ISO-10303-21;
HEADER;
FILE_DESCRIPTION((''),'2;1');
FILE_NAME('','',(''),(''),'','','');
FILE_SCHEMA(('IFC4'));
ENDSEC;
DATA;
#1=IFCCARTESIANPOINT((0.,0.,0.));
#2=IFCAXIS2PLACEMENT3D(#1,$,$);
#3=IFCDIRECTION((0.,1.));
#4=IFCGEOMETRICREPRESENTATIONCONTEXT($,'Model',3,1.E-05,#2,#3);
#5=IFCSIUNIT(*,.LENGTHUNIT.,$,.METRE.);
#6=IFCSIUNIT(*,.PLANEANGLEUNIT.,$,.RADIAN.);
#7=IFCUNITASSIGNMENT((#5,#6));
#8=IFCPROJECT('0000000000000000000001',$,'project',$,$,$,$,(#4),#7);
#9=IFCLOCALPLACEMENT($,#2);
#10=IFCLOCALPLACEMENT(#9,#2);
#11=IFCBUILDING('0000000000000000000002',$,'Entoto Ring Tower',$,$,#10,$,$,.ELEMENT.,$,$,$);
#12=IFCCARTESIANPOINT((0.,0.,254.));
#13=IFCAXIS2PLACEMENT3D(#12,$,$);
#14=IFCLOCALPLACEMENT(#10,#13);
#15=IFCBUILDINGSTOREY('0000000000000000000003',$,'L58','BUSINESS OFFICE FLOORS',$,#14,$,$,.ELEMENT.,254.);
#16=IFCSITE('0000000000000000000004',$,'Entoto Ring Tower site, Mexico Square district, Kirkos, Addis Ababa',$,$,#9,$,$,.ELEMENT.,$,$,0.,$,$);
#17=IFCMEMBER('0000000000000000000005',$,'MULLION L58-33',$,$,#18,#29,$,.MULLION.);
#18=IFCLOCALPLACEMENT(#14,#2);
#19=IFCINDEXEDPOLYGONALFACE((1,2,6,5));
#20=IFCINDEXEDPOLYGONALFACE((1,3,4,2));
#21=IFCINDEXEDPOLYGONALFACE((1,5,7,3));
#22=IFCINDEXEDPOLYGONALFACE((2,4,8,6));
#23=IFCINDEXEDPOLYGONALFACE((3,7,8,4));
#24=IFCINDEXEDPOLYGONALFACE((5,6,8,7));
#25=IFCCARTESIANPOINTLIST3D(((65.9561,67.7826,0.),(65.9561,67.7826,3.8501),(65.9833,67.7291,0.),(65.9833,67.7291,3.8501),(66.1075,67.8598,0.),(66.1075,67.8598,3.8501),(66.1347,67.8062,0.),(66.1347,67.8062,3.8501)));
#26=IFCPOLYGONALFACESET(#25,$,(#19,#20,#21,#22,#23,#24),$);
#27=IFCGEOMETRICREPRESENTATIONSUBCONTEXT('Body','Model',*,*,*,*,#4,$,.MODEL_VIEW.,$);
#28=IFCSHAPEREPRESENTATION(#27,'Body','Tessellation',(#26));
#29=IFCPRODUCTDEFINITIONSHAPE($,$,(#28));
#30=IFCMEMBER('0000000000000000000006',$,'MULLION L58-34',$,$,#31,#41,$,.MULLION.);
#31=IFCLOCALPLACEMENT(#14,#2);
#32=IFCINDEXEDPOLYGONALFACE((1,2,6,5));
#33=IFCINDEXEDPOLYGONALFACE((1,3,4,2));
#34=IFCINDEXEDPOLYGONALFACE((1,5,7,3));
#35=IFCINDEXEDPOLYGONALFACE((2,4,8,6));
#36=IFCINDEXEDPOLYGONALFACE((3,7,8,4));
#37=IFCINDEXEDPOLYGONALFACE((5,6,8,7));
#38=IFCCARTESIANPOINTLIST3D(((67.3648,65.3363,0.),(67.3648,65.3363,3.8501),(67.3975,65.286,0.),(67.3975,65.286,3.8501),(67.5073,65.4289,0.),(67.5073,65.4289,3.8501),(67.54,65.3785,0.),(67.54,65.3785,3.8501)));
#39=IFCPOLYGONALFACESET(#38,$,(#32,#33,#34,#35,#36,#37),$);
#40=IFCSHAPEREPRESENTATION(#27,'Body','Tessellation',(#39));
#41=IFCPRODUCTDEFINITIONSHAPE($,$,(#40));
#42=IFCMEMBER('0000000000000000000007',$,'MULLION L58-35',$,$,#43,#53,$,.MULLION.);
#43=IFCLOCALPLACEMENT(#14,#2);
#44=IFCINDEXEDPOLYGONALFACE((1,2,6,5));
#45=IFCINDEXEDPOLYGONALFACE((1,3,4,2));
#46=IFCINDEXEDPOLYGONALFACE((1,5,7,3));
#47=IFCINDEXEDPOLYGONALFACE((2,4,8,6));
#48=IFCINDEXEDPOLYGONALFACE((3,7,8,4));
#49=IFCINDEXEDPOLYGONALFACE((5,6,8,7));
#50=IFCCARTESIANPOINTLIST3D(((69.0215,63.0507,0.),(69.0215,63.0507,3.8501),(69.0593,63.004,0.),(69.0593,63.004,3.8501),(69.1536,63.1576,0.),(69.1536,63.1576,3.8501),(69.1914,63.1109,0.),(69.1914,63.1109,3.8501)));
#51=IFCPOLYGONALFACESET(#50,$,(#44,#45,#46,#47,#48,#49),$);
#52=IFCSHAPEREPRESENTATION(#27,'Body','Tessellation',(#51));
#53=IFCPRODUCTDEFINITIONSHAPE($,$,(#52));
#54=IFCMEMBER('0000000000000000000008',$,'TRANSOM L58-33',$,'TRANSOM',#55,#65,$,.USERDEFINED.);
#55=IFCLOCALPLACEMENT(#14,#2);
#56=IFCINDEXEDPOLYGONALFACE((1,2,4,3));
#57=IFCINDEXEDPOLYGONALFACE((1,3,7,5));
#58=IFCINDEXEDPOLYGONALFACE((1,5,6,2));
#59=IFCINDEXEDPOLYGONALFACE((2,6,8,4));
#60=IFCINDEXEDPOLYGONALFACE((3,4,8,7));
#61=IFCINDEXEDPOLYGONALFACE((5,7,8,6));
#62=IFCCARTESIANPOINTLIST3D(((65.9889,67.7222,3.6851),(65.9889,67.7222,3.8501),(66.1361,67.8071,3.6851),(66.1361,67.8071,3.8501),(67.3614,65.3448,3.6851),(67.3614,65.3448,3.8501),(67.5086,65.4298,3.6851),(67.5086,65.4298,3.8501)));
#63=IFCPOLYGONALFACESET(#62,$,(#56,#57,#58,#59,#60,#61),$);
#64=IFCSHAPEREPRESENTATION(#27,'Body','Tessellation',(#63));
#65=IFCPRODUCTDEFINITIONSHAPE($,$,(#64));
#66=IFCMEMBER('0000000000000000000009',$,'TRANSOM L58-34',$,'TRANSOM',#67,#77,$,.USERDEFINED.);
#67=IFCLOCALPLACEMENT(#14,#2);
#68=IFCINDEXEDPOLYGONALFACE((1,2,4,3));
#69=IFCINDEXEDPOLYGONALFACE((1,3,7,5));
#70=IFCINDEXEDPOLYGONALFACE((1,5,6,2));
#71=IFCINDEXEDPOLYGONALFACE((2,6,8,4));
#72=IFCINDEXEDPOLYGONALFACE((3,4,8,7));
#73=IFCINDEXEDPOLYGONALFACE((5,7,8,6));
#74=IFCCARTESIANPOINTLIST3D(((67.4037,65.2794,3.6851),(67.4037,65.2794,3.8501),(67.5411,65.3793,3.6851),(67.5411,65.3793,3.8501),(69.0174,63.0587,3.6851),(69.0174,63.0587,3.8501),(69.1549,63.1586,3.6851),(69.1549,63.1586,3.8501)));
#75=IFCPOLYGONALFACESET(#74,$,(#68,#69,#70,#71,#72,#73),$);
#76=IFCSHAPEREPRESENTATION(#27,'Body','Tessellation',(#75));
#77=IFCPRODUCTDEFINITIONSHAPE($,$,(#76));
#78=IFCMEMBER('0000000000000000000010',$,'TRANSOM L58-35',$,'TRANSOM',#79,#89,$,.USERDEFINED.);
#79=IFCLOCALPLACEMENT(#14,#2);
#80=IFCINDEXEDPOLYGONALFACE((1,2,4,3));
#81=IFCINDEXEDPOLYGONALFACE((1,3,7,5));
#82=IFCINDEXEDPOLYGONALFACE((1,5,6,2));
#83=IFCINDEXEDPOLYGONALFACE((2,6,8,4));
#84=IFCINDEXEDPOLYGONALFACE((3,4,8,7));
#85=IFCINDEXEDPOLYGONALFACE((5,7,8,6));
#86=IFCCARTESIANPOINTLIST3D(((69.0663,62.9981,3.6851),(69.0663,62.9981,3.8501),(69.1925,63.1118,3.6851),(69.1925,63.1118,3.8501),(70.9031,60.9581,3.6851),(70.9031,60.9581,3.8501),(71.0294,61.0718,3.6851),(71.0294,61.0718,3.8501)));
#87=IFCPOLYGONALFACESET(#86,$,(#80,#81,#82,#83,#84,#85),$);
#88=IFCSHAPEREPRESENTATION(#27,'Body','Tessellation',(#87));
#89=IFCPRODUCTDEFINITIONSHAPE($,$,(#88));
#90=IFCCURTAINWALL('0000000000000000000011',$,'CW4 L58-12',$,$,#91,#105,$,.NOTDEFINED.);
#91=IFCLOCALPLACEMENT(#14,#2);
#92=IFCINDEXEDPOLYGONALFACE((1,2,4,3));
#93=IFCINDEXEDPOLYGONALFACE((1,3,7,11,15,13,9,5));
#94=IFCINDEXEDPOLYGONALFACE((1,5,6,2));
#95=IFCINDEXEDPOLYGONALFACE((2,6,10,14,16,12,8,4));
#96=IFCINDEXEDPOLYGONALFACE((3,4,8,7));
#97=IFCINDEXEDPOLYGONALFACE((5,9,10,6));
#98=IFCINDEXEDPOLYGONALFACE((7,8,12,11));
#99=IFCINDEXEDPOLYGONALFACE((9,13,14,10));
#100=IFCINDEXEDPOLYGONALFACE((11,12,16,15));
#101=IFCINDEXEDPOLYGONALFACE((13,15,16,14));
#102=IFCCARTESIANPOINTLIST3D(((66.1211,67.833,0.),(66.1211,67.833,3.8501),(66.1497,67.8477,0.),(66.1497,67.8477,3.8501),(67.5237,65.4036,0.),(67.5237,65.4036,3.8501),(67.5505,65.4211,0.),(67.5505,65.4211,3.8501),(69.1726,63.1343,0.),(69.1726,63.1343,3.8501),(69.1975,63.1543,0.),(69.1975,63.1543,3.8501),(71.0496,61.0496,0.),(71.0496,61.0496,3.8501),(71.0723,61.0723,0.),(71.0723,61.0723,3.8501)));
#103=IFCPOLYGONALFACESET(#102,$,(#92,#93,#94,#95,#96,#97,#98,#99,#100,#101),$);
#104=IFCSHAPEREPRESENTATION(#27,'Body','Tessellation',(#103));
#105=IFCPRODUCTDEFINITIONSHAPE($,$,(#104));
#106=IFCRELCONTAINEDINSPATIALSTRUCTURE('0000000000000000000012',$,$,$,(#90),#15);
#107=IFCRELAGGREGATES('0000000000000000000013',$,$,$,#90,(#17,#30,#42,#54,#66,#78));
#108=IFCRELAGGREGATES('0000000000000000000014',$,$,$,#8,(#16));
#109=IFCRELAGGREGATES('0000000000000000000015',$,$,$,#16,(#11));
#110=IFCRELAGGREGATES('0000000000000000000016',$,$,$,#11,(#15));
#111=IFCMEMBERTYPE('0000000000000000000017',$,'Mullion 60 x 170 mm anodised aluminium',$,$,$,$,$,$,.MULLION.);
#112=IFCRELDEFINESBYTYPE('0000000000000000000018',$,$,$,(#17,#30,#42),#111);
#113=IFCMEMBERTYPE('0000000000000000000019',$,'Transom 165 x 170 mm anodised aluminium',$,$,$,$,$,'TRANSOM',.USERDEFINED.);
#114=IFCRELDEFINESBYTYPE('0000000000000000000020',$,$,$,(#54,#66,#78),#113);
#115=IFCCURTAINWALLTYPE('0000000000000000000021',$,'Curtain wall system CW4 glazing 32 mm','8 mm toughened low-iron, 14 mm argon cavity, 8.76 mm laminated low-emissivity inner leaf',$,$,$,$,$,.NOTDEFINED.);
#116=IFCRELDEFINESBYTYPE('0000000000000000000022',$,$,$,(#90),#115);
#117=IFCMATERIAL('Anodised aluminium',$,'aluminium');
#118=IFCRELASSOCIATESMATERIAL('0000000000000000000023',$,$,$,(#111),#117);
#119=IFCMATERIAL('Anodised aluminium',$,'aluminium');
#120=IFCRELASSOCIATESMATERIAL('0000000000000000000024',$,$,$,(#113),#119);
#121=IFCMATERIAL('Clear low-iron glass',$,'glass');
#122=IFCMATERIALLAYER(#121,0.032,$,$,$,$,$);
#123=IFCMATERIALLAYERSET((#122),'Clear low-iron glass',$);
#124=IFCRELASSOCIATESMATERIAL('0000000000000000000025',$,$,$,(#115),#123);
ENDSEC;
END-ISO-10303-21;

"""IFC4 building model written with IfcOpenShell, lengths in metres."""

from ifc_helpers import new_model, si_unit, direction, frame, origin, origin_2d, place, context, subcontext, project, spatial, polyline, rectangle, outline, extrude, material, layer, layer_set, material_profile, profile_set, type_object, element, aggregate, save


model = new_model("IFC4")

# Units and contexts
model_context = context("Model", 3, precision=1e-05, world=origin(), true_north=direction((0.0, 1.0)))
body_context = subcontext(model_context, "Body", "Model", "MODEL_VIEW")
ifc_project = project(units=[si_unit("LENGTHUNIT", "METRE"), si_unit("PLANEANGLEUNIT", "RADIAN")], contexts=[model_context])

# Members
ifc_material_1 = material(Name="Anodised aluminium", Category="aluminium")
ifc_material_profile_1 = material_profile(ifc_material_1, rectangle(XDim=0.0601, YDim=0.1699, at=origin_2d()), Name="Mullion 60 x 170 mm anodised aluminium")
ifc_profile_set_1 = profile_set([ifc_material_profile_1], Name="Anodised aluminium")
member_type_1 = type_object("IfcMemberType", Name="Mullion 60 x 170 mm anodised aluminium", PredefinedType="MULLION", material=ifc_profile_set_1)
site_placement = place(None, origin())
building_placement = place(site_placement, origin())
storey_placement = place(building_placement, frame((0.0, 0.0, 254.0)))
member_1_placement = place(storey_placement, frame((66.0454, 67.7944, 0.0), z_axis=(0.0, 0.0, 1.0), x_axis=(0.45399, -0.891007, 0.0)))
member_1 = element("IfcMember", 1, at=member_1_placement, type_object=member_type_1, Name="MULLION L58-33", PredefinedType="MULLION", context=body_context, shape_type="SweptSolid", body=[
    extrude(rectangle(XDim=0.0601, YDim=0.1699, at=origin_2d()), origin(), (0.0, 0.0, 1.0), 3.8501),
])
member_2_placement = place(storey_placement, frame((67.4524, 65.3574, 0.0), z_axis=(0.0, 0.0, 1.0), x_axis=(0.544639, -0.838671, 0.0)))
member_2 = element("IfcMember", 2, at=member_2_placement, type_object=member_type_1, Name="MULLION L58-34", PredefinedType="MULLION", context=body_context, shape_type="SweptSolid", body=[
    extrude(rectangle(XDim=0.0601, YDim=0.1699, at=origin_2d()), origin(), (0.0, 0.0, 1.0), 3.8501),
])
member_3_placement = place(storey_placement, frame((69.1064, 63.0808, 0.0), z_axis=(0.0, 0.0, 1.0), x_axis=(0.62932, -0.777146, 0.0)))
member_3 = element("IfcMember", 3, at=member_3_placement, type_object=member_type_1, Name="MULLION L58-35", PredefinedType="MULLION", context=body_context, shape_type="SweptSolid", body=[
    extrude(rectangle(XDim=0.0601, YDim=0.1699, at=origin_2d()), origin(), (0.0, 0.0, 1.0), 3.8501),
])
ifc_material_2 = material(Name="Anodised aluminium", Category="aluminium")
ifc_material_profile_2 = material_profile(ifc_material_2, rectangle(XDim=0.1699, YDim=0.165, at=origin_2d()), Name="Transom 165 x 170 mm anodised aluminium")
ifc_profile_set_2 = profile_set([ifc_material_profile_2], Name="Anodised aluminium")
member_type_2 = type_object("IfcMemberType", Name="Transom 165 x 170 mm anodised aluminium", ElementType="TRANSOM", PredefinedType="USERDEFINED", material=ifc_profile_set_2)
member_4_placement = place(storey_placement, frame((66.0625, 67.7646, 3.7676), z_axis=(0.499984, -0.866035, 0.0), x_axis=(0.866035, 0.499984, 0.0)))
member_4 = element("IfcMember", 4, at=member_4_placement, type_object=member_type_2, Name="TRANSOM L58-33", ObjectType="TRANSOM", PredefinedType="USERDEFINED", context=body_context, shape_type="SweptSolid", body=[
    extrude(rectangle(XDim=0.1699, YDim=0.165, at=origin_2d()), origin(), (0.0, 0.0, 1.0), 2.7451),
])
member_5_placement = place(storey_placement, frame((67.4724, 65.3293, 3.7676), z_axis=(0.587865, -0.808959, 0.0), x_axis=(0.808959, 0.587865, 0.0)))
member_5 = element("IfcMember", 5, at=member_5_placement, type_object=member_type_2, Name="TRANSOM L58-34", ObjectType="TRANSOM", PredefinedType="USERDEFINED", context=body_context, shape_type="SweptSolid", body=[
    extrude(rectangle(XDim=0.1699, YDim=0.165, at=origin_2d()), origin(), (0.0, 0.0, 1.0), 2.7451),
])
member_6_placement = place(storey_placement, frame((69.1294, 63.0549, 3.7676), z_axis=(0.669142, -0.743135, 0.0), x_axis=(0.743135, 0.669142, 0.0)))
member_6 = element("IfcMember", 6, at=member_6_placement, type_object=member_type_2, Name="TRANSOM L58-35", ObjectType="TRANSOM", PredefinedType="USERDEFINED", context=body_context, shape_type="SweptSolid", body=[
    extrude(rectangle(XDim=0.1699, YDim=0.165, at=origin_2d()), origin(), (0.0, 0.0, 1.0), 2.7451),
])

# Site, building, storey
site = spatial("IfcSite", under=ifc_project, at=site_placement, Name="Entoto Ring Tower site, Mexico Square district, Kirkos, Addis Ababa", CompositionType="ELEMENT", RefElevation=0.0)
building = spatial("IfcBuilding", under=site, at=building_placement, Name="Entoto Ring Tower", CompositionType="ELEMENT")
storey = spatial("IfcBuildingStorey", under=building, at=storey_placement, Name="L58", Description="BUSINESS OFFICE FLOORS", CompositionType="ELEMENT", Elevation=254.0)

# Curtain wall
ifc_material_3 = material(Name="Clear low-iron glass", Category="glass")
ifc_layer = layer(ifc_material_3, 0.032)
ifc_layer_set = layer_set([ifc_layer], Name="Clear low-iron glass")
curtain_wall_type = type_object("IfcCurtainWallType", Name="Curtain wall system CW4 glazing 32 mm", Description="8 mm toughened low-iron, 14 mm argon cavity, 8.76 mm laminated low-emissivity inner leaf", PredefinedType="NOTDEFINED", material=ifc_layer_set)
curtain_wall_1_placement = place(storey_placement, origin())
curtain_wall_1 = element("IfcCurtainWall", 7, at=curtain_wall_1_placement, inside=storey, type_object=curtain_wall_type, Name="CW4 L58-12", PredefinedType="NOTDEFINED", context=body_context, shape_type="SweptSolid", body=[
    extrude(outline(polyline([(66.1211, 67.833), (67.5237, 65.4036), (69.1726, 63.1343), (71.0496, 61.0496), (71.0723, 61.0723), (69.1975, 63.1543), (67.5505, 65.4211), (66.1497, 67.8477), (66.1211, 67.833)])), origin(), (0.0, 0.0, 1.0), 3.8501),
])
aggregate(curtain_wall_1, [member_1, member_2, member_3, member_4, member_5, member_6])

save(model, "model.ifc")
